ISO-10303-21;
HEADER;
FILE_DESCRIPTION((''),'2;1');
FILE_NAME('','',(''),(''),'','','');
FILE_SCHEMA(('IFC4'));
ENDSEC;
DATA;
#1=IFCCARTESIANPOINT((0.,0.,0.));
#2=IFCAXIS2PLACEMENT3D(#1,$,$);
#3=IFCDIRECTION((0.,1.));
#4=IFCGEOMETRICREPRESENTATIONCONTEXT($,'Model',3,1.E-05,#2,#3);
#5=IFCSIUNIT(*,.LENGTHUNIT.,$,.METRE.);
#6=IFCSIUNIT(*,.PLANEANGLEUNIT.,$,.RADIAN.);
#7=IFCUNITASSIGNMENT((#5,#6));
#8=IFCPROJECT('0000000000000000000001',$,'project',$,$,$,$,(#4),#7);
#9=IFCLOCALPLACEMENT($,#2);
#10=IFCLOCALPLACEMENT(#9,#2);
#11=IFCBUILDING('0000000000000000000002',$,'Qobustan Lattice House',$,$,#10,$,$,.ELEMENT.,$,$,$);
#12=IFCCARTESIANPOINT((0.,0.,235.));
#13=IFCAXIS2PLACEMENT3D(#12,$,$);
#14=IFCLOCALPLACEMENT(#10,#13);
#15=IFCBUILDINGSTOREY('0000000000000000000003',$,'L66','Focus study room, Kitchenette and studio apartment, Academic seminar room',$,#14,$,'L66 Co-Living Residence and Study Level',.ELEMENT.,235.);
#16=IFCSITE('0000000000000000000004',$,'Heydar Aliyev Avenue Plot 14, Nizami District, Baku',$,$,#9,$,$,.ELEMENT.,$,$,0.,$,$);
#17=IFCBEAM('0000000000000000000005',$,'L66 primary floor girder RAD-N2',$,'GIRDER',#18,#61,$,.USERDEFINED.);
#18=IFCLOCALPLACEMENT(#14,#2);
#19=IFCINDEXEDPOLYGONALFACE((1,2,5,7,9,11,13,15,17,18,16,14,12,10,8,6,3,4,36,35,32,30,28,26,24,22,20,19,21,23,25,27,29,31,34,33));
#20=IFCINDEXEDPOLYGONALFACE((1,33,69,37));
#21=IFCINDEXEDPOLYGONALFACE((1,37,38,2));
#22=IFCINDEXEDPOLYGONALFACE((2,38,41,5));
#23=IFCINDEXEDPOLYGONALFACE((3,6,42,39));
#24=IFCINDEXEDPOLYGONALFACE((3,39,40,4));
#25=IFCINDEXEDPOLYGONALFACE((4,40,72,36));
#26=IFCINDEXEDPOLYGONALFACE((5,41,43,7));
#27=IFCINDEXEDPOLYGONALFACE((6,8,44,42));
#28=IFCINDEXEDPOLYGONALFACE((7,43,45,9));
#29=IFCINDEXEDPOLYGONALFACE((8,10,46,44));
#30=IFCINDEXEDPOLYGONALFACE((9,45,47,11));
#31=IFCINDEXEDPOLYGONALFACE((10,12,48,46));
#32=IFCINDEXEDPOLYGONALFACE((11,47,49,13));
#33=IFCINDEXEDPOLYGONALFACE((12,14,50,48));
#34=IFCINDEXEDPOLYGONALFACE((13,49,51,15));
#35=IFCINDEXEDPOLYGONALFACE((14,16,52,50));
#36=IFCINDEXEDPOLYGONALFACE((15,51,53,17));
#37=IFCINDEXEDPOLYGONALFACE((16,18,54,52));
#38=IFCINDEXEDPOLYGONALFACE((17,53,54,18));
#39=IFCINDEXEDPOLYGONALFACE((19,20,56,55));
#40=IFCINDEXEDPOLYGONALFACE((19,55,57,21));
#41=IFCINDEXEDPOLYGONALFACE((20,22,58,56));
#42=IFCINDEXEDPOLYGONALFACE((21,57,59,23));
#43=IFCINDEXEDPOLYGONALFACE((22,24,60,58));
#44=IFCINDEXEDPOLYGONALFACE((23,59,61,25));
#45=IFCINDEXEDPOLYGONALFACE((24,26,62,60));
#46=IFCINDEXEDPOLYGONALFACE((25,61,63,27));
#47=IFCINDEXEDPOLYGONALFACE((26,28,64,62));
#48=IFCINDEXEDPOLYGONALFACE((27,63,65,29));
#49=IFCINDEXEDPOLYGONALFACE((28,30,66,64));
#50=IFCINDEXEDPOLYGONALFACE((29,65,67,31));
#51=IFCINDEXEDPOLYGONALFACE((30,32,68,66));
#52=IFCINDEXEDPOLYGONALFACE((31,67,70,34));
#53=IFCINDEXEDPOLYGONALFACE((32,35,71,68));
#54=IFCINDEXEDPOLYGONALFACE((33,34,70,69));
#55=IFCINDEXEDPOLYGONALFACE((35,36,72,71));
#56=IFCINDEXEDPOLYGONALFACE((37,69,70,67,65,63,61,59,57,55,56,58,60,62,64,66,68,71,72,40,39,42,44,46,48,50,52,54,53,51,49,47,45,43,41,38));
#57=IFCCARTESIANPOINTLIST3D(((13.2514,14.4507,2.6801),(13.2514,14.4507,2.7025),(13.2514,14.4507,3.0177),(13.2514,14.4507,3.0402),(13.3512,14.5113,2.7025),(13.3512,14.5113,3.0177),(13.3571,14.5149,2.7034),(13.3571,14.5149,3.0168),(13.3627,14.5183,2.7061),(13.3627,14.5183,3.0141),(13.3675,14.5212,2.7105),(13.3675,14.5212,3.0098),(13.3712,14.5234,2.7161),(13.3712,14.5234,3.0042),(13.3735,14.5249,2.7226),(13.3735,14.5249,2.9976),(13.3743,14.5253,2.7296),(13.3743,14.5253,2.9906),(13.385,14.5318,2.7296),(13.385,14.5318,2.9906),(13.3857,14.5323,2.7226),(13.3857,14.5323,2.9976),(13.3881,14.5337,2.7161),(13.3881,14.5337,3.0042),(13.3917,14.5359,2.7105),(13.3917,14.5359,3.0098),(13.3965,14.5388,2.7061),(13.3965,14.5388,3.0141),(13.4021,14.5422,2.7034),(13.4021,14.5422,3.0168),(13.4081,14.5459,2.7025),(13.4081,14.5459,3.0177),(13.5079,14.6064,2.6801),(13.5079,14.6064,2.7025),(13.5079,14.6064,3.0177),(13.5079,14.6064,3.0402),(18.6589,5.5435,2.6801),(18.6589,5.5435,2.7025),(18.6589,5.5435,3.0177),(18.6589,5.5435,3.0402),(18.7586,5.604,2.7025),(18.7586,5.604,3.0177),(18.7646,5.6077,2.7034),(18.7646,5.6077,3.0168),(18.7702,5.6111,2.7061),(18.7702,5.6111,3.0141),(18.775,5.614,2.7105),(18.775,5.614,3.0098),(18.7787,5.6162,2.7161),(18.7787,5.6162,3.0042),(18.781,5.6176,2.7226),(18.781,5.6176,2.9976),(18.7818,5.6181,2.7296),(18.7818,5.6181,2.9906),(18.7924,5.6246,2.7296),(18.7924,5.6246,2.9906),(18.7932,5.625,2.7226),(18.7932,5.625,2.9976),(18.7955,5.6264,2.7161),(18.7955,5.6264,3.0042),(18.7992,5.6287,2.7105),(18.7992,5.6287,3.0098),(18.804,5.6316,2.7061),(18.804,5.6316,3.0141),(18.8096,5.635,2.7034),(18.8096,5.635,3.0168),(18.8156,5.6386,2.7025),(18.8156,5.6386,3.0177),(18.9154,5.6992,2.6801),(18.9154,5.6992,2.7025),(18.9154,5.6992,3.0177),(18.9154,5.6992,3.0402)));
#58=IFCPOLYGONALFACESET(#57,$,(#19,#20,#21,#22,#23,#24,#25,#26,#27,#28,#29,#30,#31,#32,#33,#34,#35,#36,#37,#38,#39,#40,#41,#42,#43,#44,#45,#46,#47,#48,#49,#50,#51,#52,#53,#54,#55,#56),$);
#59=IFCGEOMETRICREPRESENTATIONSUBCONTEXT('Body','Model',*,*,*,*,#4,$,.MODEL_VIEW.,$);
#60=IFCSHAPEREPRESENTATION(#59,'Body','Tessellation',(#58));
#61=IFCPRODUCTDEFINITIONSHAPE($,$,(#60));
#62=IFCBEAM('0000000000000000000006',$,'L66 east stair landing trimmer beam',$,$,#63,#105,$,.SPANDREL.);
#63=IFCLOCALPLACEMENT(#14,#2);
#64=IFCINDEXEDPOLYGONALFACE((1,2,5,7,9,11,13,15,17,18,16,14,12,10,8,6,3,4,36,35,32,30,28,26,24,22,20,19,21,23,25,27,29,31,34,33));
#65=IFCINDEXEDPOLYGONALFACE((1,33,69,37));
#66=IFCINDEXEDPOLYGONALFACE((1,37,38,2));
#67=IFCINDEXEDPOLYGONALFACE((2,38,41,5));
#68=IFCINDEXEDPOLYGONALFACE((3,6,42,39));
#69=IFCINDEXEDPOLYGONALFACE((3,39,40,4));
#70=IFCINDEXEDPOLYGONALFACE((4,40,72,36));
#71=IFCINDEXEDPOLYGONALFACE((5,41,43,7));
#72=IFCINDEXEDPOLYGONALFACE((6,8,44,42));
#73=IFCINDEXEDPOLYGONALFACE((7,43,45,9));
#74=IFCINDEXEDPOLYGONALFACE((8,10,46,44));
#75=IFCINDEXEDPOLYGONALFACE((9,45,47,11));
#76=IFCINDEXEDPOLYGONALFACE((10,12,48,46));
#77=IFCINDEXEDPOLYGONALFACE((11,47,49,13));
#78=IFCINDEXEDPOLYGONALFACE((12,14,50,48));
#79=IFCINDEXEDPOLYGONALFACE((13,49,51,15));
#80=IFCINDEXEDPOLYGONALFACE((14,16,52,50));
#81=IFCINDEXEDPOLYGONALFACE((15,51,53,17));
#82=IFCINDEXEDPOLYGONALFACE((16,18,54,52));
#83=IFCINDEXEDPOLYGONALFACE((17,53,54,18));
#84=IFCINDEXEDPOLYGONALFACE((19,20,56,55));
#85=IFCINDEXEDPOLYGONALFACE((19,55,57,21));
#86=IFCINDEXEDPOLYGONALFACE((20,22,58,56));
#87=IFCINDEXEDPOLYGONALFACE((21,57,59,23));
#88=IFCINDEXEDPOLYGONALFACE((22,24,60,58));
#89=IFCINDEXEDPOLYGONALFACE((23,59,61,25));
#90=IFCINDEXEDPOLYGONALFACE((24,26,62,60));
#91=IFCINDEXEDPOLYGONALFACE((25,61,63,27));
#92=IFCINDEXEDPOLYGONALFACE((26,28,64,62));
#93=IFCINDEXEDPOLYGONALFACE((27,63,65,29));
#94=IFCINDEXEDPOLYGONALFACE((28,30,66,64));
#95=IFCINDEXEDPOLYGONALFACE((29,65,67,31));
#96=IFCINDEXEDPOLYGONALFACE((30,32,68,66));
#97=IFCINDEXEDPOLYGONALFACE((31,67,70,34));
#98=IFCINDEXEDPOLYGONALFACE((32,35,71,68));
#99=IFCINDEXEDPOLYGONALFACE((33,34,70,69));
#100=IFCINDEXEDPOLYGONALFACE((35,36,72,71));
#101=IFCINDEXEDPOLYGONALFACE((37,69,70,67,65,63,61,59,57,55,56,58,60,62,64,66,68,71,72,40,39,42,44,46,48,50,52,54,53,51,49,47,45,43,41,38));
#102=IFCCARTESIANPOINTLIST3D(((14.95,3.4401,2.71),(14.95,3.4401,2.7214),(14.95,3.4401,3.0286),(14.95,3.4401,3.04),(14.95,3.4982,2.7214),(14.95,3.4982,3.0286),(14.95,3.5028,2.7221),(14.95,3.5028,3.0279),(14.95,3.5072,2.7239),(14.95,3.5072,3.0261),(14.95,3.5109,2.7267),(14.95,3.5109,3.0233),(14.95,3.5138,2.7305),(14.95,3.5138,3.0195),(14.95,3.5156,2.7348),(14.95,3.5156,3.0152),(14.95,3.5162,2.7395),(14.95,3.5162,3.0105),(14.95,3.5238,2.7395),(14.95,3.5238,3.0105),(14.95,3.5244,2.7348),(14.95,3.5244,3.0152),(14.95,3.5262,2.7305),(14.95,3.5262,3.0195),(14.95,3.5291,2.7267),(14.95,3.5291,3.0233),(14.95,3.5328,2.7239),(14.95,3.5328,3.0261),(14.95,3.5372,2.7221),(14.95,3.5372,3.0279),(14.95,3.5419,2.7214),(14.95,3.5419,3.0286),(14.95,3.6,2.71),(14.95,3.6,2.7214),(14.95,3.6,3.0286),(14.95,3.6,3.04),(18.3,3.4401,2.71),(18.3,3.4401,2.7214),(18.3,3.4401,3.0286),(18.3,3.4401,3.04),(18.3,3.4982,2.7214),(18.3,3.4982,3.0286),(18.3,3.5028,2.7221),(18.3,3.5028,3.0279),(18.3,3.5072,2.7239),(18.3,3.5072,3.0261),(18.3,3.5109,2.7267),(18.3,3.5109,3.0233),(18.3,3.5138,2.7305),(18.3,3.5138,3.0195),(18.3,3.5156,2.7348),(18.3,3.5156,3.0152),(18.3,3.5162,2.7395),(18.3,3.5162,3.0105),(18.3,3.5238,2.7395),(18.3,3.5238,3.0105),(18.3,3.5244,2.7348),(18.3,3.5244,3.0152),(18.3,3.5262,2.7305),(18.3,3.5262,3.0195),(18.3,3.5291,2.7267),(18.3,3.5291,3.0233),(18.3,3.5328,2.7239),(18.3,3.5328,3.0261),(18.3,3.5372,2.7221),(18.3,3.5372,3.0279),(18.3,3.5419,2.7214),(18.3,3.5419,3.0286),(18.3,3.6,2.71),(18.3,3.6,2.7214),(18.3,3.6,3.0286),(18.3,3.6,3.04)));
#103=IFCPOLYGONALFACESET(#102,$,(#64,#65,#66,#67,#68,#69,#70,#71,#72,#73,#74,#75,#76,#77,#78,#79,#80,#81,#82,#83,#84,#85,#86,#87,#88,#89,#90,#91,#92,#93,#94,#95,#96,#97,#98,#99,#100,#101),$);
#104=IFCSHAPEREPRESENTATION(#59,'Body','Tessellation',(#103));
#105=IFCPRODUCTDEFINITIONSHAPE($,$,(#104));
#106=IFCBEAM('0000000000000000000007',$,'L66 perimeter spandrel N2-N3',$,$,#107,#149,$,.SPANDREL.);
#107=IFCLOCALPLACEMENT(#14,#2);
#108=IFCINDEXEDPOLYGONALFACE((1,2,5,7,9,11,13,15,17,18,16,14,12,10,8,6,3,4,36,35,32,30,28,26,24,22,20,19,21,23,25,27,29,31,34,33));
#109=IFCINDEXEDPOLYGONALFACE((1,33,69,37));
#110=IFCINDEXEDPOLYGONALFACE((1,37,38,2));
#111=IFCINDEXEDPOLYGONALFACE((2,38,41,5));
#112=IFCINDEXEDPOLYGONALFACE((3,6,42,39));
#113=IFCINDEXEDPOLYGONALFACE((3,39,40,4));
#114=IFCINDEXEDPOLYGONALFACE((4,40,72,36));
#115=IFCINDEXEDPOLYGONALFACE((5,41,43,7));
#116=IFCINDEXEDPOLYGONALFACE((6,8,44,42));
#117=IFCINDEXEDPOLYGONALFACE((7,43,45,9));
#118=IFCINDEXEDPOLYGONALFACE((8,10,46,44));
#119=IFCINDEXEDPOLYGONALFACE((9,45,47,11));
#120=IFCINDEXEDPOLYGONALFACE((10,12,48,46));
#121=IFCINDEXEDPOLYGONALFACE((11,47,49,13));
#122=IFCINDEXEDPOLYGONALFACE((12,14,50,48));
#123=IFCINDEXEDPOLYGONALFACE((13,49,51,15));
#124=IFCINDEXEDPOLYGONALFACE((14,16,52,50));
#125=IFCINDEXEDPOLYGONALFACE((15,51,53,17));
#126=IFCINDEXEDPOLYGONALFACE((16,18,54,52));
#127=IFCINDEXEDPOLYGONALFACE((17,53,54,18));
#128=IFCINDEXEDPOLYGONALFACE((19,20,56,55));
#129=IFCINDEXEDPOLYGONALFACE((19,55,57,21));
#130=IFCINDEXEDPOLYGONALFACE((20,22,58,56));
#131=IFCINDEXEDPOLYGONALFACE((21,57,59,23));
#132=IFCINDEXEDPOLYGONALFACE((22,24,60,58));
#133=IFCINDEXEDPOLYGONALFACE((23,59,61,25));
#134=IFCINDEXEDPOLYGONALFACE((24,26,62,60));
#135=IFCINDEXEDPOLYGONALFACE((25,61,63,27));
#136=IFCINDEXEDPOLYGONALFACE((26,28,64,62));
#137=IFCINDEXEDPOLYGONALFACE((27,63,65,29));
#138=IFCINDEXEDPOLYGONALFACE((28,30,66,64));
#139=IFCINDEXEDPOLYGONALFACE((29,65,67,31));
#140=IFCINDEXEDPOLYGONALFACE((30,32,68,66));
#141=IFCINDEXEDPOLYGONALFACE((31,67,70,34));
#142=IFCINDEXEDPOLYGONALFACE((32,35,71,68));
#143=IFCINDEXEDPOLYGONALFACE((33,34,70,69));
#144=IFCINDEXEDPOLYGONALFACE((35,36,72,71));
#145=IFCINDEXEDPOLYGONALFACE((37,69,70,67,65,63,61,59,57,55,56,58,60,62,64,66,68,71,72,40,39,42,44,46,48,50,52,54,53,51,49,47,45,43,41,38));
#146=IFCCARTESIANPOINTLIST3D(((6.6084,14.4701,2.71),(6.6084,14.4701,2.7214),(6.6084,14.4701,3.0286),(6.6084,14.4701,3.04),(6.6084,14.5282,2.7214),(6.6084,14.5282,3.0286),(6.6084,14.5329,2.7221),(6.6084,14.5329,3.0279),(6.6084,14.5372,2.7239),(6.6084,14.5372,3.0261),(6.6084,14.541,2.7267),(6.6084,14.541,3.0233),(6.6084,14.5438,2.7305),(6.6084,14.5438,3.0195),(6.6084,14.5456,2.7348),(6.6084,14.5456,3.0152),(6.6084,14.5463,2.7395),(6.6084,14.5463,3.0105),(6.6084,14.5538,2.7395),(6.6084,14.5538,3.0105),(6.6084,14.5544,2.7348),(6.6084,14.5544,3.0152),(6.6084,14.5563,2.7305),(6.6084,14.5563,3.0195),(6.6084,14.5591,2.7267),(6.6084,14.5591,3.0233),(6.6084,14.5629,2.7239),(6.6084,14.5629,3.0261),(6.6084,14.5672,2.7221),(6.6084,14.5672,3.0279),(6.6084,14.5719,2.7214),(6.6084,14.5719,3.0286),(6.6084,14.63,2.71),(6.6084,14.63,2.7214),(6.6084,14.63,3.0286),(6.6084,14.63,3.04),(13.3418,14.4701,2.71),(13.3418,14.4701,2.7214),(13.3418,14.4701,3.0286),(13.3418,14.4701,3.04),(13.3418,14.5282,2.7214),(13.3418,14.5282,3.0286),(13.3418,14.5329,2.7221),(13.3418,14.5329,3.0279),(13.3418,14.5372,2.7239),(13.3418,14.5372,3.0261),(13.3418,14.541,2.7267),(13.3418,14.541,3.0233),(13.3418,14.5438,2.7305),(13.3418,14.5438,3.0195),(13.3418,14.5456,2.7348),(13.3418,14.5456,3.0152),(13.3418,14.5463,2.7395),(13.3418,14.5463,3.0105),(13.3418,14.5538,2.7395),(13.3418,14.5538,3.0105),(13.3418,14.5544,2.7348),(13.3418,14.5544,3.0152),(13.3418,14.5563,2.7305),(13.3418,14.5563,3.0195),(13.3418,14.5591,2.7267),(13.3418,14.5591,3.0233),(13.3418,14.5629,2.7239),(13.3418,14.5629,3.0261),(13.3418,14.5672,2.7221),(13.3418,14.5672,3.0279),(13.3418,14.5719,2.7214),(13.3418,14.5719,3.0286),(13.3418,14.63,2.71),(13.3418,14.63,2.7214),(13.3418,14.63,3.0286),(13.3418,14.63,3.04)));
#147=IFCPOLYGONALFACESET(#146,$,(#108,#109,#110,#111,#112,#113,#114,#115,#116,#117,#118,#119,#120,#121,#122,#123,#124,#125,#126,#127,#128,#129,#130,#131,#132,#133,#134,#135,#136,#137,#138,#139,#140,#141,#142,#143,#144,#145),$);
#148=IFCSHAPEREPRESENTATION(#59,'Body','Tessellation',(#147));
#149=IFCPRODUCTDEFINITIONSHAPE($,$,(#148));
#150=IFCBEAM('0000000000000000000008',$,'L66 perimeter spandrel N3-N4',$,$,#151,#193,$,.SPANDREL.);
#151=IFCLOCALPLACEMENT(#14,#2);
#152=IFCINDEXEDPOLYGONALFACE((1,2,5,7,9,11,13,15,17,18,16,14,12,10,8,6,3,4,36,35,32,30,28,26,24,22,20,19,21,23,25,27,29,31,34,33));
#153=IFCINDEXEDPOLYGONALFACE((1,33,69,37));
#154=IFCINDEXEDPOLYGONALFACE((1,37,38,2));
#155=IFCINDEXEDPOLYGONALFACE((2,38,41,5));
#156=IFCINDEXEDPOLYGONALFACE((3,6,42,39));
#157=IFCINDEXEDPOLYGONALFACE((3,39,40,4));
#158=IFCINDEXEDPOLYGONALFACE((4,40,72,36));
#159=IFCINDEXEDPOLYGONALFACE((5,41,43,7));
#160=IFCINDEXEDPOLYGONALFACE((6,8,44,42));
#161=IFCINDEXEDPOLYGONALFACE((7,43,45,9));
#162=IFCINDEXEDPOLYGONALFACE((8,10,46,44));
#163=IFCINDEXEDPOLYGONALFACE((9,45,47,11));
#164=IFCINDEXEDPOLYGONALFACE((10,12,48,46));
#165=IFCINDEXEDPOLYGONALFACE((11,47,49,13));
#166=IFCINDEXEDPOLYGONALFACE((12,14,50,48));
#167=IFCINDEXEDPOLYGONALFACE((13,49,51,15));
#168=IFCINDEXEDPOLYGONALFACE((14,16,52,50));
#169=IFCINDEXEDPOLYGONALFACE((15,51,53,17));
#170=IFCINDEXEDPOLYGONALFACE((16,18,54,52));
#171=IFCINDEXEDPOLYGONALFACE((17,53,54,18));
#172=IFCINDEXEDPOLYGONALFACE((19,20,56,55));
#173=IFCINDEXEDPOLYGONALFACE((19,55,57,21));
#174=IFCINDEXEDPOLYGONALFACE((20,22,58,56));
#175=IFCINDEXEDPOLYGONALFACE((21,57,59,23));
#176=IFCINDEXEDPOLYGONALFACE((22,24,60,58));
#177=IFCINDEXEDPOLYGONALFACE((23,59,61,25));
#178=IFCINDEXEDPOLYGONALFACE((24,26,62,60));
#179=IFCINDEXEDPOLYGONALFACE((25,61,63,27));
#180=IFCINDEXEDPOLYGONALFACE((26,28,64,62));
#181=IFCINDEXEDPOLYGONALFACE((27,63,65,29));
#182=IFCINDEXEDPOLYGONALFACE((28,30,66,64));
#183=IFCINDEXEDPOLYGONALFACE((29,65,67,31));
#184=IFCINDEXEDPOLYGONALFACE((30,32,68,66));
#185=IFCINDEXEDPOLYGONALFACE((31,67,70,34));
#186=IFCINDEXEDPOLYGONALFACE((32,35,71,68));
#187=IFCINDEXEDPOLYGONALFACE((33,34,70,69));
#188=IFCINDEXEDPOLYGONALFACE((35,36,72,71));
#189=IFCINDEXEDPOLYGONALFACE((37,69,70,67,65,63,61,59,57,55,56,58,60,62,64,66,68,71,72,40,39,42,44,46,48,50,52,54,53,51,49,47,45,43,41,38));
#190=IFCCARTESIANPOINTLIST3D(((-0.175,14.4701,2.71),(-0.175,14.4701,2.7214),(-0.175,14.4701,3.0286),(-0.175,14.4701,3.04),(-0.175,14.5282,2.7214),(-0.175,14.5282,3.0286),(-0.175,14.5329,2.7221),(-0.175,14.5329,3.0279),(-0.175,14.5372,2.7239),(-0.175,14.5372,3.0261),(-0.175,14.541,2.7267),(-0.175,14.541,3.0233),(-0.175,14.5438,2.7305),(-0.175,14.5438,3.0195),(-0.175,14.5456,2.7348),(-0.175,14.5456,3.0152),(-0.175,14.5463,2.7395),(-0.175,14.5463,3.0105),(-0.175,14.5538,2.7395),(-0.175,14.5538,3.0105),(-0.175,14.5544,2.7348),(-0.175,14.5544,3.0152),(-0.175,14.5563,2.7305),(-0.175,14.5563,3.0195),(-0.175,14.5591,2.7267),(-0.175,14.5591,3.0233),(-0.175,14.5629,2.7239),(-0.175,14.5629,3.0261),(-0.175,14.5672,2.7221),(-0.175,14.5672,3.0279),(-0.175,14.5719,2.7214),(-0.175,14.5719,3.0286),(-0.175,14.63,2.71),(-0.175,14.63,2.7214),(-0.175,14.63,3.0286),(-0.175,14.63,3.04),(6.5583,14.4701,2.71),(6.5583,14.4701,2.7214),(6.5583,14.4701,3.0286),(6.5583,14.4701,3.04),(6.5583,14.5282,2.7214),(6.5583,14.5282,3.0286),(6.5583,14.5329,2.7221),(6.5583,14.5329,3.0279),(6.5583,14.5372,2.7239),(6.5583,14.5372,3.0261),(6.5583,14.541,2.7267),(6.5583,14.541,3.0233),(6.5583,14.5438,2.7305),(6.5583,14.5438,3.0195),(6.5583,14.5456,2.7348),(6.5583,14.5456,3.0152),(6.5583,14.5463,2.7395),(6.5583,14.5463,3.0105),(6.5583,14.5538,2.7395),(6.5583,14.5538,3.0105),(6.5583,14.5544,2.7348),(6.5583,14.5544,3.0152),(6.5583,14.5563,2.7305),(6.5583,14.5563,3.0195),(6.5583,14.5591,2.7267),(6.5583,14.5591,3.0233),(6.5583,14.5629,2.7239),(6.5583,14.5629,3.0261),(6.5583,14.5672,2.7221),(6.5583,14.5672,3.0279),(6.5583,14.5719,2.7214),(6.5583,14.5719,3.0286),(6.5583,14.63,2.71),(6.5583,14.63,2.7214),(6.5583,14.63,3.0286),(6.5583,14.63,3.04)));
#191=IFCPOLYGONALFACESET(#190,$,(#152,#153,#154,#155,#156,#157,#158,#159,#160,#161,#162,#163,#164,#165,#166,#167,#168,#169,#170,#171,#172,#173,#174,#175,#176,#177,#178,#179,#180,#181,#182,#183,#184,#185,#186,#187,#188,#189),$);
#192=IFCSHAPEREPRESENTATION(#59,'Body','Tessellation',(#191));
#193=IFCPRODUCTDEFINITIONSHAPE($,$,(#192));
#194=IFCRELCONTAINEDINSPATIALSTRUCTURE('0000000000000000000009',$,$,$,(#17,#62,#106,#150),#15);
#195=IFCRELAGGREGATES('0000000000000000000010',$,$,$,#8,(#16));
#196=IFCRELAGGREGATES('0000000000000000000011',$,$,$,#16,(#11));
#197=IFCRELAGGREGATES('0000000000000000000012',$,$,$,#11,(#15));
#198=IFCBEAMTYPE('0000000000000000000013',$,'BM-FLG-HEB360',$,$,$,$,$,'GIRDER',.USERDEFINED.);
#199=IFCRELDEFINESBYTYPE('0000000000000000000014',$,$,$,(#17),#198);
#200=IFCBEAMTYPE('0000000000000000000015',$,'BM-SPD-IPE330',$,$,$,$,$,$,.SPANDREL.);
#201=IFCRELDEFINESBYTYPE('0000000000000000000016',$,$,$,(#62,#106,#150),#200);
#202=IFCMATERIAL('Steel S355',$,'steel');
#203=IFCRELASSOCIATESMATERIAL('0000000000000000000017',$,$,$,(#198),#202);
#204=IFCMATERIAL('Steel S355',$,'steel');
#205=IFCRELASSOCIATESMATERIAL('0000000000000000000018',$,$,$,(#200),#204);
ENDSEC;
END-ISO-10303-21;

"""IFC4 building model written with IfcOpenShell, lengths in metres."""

from ifc_helpers import new_model, si_unit, direction, frame, origin, origin_2d, place, context, subcontext, project, spatial, i_section, extrude, material, material_profile, profile_set, type_object, element, save


model = new_model("IFC4")

# Units and contexts
model_context = context("Model", 3, precision=1e-05, world=origin(), true_north=direction((0.0, 1.0)))
body_context = subcontext(model_context, "Body", "Model", "MODEL_VIEW")
ifc_project = project(units=[si_unit("LENGTHUNIT", "METRE"), si_unit("PLANEANGLEUNIT", "RADIAN")], contexts=[model_context])

# Site, building, storey
site_placement = place(None, origin())
site = spatial("IfcSite", under=ifc_project, at=site_placement, Name="Heydar Aliyev Avenue Plot 14, Nizami District, Baku", CompositionType="ELEMENT", RefElevation=0.0)
building_placement = place(site_placement, origin())
building = spatial("IfcBuilding", under=site, at=building_placement, Name="Qobustan Lattice House", CompositionType="ELEMENT")
storey_placement = place(building_placement, frame((0.0, 0.0, 235.0)))
storey = spatial("IfcBuildingStorey", under=building, at=storey_placement, Name="L66", Description="Focus study room, Kitchenette and studio apartment, Academic seminar room", LongName="L66 Co-Living Residence and Study Level", CompositionType="ELEMENT", Elevation=235.0)

# Beams
ifc_material_1 = material(Name="Steel S355", Category="steel")
ifc_material_profile_1 = material_profile(ifc_material_1, i_section(OverallWidth=0.3, OverallDepth=0.3601, WebThickness=0.0125, FlangeThickness=0.0225, FilletRadius=0.0271, at=origin_2d()), Name="HEB360")
ifc_profile_set_1 = profile_set([ifc_material_profile_1], Name="Steel S355")
beam_type_1 = type_object("IfcBeamType", Name="BM-FLG-HEB360", ElementType="GIRDER", PredefinedType="USERDEFINED", material=ifc_profile_set_1)
beam_1_placement = place(storey_placement, frame((13.3796, 14.5286, 2.8601), z_axis=(0.518944, -0.854808, 0.0), x_axis=(0.854808, 0.518944, 0.0)))
element("IfcBeam", 1, at=beam_1_placement, inside=storey, type_object=beam_type_1, Name="L66 primary floor girder RAD-N2", ObjectType="GIRDER", PredefinedType="USERDEFINED", context=body_context, shape_type="SweptSolid", body=[
    extrude(i_section(OverallWidth=0.3, OverallDepth=0.3601, WebThickness=0.0125, FlangeThickness=0.0225, FilletRadius=0.0271, at=origin_2d()), origin(), (0.0, 0.0, 1.0), 10.4202),
])
ifc_material_2 = material(Name="Steel S355", Category="steel")
ifc_material_profile_2 = material_profile(ifc_material_2, i_section(OverallWidth=0.1599, OverallDepth=0.3301, WebThickness=0.0076, FlangeThickness=0.0115, FilletRadius=0.0181, at=origin_2d()), Name="IPE330")
ifc_profile_set_2 = profile_set([ifc_material_profile_2], Name="Steel S355")
beam_type_2 = type_object("IfcBeamType", Name="BM-SPD-IPE330", PredefinedType="SPANDREL", material=ifc_profile_set_2)
beam_2_placement = place(storey_placement, frame((14.95, 3.52, 2.875), z_axis=(1.0, 0.0, 0.0), x_axis=(0.0, 1.0, 0.0)))
element("IfcBeam", 2, at=beam_2_placement, inside=storey, type_object=beam_type_2, Name="L66 east stair landing trimmer beam", PredefinedType="SPANDREL", context=body_context, shape_type="SweptSolid", body=[
    extrude(i_section(OverallWidth=0.1599, OverallDepth=0.3301, WebThickness=0.0076, FlangeThickness=0.0115, FilletRadius=0.0181, at=origin_2d()), origin(), (0.0, 0.0, 1.0), 3.3501),
])
for number, where, z_axis, x_axis, name in (
    (3, (13.3418, 14.55, 2.875), (-1.0, 0.0, 0.0), (0.0, -1.0, 0.0), "L66 perimeter spandrel N2-N3"),
    (4, (6.5583, 14.55, 2.875), (-1.0, 0.0, 0.0), (0.0, -1.0, 0.0), "L66 perimeter spandrel N3-N4"),
):
    element("IfcBeam", number, at=place(storey_placement, frame(where, z_axis=z_axis, x_axis=x_axis)), inside=storey, type_object=beam_type_2, Name=name, PredefinedType="SPANDREL", context=body_context, shape_type="SweptSolid", body=[
        extrude(i_section(OverallWidth=0.1599, OverallDepth=0.3301, WebThickness=0.0076, FlangeThickness=0.0115, FilletRadius=0.0181, at=origin_2d()), origin(), (0.0, 0.0, 1.0), 6.7334),
    ])

save(model, "model.ifc")
